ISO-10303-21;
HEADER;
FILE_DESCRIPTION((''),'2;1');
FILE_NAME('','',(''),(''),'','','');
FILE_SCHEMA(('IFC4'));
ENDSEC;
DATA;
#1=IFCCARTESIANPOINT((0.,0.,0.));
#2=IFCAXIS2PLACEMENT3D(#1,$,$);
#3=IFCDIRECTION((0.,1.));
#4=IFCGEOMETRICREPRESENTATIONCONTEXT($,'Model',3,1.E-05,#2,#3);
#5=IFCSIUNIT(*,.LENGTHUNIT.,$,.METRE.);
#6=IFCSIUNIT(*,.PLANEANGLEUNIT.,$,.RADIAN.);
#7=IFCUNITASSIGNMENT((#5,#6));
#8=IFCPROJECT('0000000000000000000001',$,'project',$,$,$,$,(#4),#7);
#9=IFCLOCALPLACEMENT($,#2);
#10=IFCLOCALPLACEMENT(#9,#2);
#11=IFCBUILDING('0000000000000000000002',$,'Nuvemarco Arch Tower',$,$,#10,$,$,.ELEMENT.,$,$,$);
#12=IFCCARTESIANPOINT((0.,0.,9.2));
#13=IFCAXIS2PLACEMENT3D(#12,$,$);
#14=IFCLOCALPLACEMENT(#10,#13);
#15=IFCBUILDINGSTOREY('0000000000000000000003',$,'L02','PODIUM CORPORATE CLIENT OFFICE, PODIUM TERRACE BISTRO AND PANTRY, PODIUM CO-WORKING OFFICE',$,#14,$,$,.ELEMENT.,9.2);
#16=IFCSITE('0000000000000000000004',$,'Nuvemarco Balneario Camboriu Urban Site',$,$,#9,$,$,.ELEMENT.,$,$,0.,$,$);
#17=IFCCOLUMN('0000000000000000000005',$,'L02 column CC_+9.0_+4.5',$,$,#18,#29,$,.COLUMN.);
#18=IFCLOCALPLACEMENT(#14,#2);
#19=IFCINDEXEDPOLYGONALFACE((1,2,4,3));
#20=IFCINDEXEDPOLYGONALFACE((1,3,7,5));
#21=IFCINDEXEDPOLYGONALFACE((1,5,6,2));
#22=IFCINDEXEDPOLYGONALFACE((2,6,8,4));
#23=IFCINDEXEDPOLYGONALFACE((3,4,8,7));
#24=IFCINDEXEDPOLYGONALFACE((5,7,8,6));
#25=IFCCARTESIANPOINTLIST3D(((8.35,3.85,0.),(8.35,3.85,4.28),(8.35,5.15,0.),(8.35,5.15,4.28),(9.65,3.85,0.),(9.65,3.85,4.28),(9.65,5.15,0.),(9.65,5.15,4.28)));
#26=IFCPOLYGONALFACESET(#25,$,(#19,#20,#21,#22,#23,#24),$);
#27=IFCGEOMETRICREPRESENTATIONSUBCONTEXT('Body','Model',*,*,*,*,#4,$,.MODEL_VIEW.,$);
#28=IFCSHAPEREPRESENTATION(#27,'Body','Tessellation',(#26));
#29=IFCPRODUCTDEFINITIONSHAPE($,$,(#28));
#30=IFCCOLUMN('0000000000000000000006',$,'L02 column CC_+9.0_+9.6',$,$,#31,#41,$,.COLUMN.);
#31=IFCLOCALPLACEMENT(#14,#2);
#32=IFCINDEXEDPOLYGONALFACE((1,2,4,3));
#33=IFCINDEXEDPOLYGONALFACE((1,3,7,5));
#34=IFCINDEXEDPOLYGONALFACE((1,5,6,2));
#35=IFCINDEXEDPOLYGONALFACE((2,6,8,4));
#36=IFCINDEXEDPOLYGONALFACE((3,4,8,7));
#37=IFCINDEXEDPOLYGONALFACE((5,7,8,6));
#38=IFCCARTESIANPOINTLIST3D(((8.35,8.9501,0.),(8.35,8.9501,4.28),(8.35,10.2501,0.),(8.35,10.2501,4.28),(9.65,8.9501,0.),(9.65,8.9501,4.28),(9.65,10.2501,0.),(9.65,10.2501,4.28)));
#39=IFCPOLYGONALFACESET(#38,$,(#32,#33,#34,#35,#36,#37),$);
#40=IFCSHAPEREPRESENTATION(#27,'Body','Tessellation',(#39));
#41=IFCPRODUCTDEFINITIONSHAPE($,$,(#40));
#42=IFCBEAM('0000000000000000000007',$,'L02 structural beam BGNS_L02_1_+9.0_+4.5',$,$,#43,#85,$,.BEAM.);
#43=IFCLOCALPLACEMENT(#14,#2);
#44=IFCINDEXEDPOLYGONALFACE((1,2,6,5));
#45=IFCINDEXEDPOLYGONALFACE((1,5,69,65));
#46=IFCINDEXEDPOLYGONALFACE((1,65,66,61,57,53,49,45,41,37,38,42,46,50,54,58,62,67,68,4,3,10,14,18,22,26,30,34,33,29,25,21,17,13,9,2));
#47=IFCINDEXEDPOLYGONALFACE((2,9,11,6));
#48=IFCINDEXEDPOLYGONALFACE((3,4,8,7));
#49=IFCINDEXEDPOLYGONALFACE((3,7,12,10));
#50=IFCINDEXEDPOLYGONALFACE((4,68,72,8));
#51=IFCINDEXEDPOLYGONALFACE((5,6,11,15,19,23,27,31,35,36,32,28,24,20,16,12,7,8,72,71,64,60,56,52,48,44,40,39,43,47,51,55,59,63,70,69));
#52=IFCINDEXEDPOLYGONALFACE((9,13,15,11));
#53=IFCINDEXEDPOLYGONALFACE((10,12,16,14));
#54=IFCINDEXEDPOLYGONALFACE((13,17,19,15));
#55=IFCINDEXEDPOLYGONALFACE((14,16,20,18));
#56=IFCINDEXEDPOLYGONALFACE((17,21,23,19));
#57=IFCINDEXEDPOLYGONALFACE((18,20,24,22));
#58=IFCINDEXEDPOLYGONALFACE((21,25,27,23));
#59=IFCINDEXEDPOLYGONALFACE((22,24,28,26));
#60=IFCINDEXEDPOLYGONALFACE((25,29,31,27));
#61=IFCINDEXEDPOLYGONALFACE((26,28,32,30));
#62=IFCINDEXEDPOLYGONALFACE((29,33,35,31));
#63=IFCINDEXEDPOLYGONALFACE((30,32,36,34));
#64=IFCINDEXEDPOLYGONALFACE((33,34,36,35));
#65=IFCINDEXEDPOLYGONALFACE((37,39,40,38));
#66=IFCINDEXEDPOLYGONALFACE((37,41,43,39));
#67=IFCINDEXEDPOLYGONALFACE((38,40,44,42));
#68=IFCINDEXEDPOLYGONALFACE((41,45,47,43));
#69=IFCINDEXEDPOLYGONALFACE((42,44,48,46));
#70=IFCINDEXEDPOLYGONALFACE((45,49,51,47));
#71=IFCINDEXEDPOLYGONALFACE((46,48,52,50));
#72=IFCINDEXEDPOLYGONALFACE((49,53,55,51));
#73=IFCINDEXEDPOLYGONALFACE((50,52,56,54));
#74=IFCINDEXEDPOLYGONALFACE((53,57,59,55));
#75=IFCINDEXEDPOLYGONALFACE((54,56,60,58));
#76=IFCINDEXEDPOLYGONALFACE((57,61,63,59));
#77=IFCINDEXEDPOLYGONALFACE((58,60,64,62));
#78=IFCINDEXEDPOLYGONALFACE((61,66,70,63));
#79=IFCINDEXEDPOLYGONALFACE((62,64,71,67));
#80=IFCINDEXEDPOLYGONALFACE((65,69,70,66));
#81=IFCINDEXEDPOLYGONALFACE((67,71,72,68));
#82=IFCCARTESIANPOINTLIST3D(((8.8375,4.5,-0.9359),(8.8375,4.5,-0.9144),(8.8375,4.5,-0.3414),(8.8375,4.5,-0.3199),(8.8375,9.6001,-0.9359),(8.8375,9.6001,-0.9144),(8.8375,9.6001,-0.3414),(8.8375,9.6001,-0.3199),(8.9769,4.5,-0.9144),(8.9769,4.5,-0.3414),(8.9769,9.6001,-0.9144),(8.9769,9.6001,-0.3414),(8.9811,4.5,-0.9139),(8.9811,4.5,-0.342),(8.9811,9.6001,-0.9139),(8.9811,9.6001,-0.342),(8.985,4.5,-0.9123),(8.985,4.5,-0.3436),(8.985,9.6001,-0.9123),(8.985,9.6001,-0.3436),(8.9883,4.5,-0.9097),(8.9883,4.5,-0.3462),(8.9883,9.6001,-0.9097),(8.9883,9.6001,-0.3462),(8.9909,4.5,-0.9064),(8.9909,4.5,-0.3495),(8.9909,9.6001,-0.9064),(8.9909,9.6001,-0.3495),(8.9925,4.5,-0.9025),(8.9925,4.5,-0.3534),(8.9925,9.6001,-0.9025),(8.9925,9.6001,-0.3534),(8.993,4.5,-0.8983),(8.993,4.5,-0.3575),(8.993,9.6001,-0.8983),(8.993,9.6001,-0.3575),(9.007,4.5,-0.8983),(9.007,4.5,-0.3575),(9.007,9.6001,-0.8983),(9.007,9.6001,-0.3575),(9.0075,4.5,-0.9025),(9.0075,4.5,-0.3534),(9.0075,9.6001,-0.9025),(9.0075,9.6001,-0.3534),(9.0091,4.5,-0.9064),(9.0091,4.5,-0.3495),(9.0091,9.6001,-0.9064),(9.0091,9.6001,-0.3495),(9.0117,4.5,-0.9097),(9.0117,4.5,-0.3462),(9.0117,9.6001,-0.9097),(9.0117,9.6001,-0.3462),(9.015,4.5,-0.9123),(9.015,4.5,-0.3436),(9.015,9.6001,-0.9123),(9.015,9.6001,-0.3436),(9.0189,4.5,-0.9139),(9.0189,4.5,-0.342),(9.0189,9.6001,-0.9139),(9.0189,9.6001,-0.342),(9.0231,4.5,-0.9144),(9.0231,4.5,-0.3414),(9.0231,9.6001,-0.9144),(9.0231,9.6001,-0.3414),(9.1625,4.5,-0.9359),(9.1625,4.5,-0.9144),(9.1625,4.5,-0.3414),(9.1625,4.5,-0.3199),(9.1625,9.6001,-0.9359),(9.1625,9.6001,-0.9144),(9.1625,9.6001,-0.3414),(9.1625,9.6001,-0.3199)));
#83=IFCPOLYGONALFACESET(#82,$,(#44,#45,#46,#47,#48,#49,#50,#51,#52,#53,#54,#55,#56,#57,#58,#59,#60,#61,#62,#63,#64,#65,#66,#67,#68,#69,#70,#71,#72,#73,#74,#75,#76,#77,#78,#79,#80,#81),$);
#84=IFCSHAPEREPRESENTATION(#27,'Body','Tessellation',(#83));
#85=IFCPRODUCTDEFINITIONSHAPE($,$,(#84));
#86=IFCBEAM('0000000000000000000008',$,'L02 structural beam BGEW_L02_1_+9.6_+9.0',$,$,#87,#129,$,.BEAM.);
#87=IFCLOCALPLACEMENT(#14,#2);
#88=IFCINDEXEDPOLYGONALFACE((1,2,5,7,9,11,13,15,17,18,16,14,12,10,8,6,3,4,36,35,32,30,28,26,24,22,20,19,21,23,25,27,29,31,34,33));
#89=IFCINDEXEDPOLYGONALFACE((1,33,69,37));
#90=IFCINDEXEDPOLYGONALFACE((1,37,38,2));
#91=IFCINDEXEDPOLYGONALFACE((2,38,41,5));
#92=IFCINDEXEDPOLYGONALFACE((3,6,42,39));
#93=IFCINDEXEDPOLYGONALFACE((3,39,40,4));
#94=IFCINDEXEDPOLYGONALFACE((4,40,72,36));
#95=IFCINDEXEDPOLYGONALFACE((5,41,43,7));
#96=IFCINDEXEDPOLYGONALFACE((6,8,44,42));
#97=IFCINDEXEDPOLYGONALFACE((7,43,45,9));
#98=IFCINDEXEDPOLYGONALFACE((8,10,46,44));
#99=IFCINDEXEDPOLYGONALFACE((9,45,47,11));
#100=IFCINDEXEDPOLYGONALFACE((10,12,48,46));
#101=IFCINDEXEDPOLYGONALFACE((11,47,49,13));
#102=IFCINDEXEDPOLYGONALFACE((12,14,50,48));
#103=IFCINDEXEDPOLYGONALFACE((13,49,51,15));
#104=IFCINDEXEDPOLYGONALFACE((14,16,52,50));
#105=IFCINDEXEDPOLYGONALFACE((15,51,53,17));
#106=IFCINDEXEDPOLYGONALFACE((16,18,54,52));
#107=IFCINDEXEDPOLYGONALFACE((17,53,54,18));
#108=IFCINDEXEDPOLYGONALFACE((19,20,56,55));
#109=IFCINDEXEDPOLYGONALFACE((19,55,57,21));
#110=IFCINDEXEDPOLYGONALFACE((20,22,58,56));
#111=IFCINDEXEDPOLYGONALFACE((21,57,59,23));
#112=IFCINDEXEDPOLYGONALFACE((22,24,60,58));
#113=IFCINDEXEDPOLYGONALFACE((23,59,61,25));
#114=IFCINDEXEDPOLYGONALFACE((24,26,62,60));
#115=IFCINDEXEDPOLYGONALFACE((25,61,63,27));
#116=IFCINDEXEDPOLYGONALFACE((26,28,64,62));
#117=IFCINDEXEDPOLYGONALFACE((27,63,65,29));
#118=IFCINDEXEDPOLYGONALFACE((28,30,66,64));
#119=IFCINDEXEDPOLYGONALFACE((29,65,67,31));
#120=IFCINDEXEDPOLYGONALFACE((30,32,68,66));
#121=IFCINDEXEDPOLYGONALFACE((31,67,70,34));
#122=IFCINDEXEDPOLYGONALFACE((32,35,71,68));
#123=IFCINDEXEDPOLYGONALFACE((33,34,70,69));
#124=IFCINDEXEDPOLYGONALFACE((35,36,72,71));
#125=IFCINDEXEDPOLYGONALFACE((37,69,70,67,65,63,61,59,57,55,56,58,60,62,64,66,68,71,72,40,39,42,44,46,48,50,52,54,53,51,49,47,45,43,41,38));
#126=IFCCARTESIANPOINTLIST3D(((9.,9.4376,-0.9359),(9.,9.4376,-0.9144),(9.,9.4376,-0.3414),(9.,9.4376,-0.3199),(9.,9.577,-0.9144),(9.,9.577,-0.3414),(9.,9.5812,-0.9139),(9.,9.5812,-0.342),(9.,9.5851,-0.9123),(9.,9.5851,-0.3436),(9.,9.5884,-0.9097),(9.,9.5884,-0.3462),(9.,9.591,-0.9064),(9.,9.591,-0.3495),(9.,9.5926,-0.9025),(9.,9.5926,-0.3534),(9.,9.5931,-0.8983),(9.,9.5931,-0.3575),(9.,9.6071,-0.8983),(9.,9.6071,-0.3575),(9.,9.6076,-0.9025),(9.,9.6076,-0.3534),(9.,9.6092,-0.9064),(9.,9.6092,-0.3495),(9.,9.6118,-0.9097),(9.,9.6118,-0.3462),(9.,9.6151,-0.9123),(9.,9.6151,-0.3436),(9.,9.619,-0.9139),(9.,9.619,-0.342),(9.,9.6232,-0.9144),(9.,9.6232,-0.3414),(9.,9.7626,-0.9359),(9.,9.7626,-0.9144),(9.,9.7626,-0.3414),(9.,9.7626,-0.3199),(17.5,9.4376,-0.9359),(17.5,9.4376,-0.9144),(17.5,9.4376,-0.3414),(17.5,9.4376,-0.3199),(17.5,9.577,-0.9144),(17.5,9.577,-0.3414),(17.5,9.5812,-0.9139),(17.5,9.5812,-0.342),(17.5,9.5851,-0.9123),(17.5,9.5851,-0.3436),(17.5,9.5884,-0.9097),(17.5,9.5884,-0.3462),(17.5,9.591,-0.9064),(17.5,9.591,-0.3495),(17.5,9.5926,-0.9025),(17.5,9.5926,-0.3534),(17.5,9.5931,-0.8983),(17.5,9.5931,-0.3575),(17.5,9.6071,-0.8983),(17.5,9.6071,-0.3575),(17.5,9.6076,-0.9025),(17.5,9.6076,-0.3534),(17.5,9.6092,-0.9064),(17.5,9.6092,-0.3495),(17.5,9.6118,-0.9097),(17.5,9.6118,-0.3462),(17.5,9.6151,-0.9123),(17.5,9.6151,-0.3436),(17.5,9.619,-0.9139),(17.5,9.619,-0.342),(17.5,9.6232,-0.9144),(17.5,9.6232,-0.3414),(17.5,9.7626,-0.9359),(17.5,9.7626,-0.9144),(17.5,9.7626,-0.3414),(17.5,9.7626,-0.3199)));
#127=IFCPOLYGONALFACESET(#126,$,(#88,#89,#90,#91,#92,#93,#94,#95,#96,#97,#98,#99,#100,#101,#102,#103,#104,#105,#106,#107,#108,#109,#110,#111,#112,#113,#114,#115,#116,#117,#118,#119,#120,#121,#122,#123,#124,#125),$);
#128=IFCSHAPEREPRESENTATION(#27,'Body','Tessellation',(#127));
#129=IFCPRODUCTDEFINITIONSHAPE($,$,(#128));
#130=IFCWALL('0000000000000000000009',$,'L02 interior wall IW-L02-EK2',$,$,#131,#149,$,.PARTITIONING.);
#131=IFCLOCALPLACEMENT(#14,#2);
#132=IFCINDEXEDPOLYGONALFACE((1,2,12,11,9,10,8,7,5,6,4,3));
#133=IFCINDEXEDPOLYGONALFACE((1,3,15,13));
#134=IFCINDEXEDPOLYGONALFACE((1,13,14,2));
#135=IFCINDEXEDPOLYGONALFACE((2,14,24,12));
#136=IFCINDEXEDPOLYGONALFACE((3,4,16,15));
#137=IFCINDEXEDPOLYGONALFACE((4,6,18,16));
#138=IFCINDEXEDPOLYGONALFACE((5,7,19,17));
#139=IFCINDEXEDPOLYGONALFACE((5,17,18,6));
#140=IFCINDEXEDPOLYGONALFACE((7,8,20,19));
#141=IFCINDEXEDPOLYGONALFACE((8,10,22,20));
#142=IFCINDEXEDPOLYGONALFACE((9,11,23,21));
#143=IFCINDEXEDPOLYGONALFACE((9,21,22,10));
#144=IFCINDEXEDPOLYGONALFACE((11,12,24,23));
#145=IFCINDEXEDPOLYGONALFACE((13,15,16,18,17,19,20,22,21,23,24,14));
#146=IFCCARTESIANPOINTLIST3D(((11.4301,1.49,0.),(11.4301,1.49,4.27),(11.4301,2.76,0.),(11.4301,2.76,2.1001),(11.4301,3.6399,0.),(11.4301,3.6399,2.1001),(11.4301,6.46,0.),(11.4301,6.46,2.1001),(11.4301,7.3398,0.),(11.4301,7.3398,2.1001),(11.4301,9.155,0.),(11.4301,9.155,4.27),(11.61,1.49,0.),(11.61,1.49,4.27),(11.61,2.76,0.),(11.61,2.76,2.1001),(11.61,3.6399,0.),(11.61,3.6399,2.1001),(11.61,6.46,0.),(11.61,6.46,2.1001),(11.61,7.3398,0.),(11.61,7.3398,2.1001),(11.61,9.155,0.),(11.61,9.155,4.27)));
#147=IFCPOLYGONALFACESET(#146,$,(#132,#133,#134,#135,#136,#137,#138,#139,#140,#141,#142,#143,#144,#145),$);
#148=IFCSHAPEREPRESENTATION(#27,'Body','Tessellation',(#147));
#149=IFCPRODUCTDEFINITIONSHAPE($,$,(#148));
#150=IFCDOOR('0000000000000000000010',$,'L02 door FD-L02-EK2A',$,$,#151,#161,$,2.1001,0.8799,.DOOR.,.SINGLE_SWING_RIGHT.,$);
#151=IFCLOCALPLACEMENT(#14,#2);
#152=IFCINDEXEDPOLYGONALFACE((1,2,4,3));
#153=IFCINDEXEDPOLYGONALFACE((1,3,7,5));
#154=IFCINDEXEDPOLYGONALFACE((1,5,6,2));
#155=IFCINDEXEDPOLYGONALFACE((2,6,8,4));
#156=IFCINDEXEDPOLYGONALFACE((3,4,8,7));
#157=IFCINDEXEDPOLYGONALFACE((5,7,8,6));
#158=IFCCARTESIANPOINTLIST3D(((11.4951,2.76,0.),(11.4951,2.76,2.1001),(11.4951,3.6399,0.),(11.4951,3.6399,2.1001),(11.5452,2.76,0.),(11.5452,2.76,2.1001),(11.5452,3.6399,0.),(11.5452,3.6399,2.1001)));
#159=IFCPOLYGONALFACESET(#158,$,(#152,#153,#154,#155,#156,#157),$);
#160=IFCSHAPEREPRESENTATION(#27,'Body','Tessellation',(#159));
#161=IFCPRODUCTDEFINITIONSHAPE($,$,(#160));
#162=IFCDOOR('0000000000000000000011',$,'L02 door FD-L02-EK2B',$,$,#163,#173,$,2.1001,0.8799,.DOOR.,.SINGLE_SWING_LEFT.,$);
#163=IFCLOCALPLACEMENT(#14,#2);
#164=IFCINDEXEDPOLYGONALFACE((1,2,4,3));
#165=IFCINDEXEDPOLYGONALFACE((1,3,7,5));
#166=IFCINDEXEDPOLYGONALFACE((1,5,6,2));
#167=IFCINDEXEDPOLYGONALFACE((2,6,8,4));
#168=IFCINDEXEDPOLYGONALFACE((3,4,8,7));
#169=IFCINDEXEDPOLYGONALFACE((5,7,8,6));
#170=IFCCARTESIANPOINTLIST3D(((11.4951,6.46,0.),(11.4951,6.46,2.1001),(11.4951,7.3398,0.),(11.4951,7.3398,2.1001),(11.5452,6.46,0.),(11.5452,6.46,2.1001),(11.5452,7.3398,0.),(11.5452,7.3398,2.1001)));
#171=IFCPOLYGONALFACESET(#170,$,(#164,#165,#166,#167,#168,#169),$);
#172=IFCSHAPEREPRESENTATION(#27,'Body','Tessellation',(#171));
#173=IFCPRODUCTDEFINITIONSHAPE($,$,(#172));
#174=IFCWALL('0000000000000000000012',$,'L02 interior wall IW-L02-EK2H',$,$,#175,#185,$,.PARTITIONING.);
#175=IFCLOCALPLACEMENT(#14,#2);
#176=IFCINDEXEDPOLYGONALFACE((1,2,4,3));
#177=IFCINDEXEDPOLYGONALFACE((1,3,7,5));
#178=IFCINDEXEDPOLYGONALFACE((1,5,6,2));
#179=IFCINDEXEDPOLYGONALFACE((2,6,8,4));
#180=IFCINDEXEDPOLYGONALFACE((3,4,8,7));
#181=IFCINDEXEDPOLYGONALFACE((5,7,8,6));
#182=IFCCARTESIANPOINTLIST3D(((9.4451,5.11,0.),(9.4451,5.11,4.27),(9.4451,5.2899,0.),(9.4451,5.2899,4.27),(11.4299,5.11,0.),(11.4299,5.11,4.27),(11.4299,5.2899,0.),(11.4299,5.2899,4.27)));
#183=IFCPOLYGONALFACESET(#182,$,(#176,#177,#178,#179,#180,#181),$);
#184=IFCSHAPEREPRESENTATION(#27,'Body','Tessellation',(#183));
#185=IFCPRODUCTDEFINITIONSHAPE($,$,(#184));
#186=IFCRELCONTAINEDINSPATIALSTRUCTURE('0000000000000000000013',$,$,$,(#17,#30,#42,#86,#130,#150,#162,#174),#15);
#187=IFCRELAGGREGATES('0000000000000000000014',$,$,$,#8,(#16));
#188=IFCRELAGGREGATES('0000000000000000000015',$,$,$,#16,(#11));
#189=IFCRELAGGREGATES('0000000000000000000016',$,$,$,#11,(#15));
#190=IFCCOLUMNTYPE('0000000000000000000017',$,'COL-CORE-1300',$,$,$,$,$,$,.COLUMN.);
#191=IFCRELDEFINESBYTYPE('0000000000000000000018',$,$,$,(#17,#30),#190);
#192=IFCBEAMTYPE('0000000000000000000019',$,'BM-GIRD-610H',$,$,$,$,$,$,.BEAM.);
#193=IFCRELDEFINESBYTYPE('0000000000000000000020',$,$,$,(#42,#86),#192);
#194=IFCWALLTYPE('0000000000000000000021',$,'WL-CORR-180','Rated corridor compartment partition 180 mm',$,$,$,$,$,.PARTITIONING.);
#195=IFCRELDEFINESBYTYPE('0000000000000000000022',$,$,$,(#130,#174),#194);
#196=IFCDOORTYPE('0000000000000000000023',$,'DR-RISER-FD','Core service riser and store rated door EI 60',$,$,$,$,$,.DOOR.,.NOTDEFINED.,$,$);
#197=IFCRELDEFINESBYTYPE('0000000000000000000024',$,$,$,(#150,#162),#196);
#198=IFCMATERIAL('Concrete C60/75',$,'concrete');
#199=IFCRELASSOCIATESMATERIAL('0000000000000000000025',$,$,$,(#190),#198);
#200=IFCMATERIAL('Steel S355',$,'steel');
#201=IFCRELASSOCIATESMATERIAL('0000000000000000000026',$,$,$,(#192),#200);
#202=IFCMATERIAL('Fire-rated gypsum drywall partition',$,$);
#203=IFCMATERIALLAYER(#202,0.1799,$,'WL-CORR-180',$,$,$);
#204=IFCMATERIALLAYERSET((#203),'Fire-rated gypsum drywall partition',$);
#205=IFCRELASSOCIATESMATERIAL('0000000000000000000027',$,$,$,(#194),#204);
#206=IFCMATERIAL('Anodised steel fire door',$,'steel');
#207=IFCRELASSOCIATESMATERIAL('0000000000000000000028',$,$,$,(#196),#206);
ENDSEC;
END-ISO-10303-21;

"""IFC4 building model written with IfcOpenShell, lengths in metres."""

from ifc_helpers import new_model, si_unit, direction, frame, frame_2d, origin, origin_2d, place, context, subcontext, project, spatial, rectangle, i_section, extrude, source, transform, mapped, material, layer, layer_set, material_profile, profile_set, type_object, type_shapes, element, fill, save


model = new_model("IFC4")

# Units and contexts
model_context = context("Model", 3, precision=1e-05, world=origin(), true_north=direction((0.0, 1.0)))
body_context = subcontext(model_context, "Body", "Model", "MODEL_VIEW")
ifc_project = project(units=[si_unit("LENGTHUNIT", "METRE"), si_unit("PLANEANGLEUNIT", "RADIAN")], contexts=[model_context])

# Site, building, storey
site_placement = place(None, origin())
site = spatial("IfcSite", under=ifc_project, at=site_placement, Name="Nuvemarco Balneario Camboriu Urban Site", CompositionType="ELEMENT", RefElevation=0.0)
building_placement = place(site_placement, origin())
building = spatial("IfcBuilding", under=site, at=building_placement, Name="Nuvemarco Arch Tower", CompositionType="ELEMENT")
storey_placement = place(building_placement, frame((0.0, 0.0, 9.2)))
storey = spatial("IfcBuildingStorey", under=building, at=storey_placement, Name="L02", Description="PODIUM CORPORATE CLIENT OFFICE, PODIUM TERRACE BISTRO AND PANTRY, PODIUM CO-WORKING OFFICE", CompositionType="ELEMENT", Elevation=9.2)

# Columns
ifc_material_1 = material(Name="Concrete C60/75", Category="concrete")
ifc_material_profile_1 = material_profile(ifc_material_1, rectangle(XDim=1.3, YDim=1.3, at=origin_2d()), Name="RC-COL-1300x1300")
ifc_profile_set_1 = profile_set([ifc_material_profile_1], Name="Concrete C60/75")
column_type = type_object("IfcColumnType", Name="COL-CORE-1300", PredefinedType="COLUMN", material=ifc_profile_set_1)
for number, where, z_axis, x_axis, name in (
    (1, (9.0, 4.5, 0.0), (0.0, 0.0, 1.0), (1.0, 0.0, 0.0), "L02 column CC_+9.0_+4.5"),
    (2, (9.0, 9.6001, 0.0), (0.0, 0.0, 1.0), (1.0, 0.0, 0.0), "L02 column CC_+9.0_+9.6"),
):
    element("IfcColumn", number, at=place(storey_placement, frame(where, z_axis=z_axis, x_axis=x_axis)), inside=storey, type_object=column_type, Name=name, PredefinedType="COLUMN", context=body_context, shape_type="SweptSolid", body=[
        extrude(rectangle(XDim=1.3, YDim=1.3, at=origin_2d()), origin(), (0.0, 0.0, 1.0), 4.28),
    ])

# Beams
ifc_material_2 = material(Name="Steel S355", Category="steel")
ifc_material_profile_2 = material_profile(ifc_material_2, i_section(OverallWidth=0.325, OverallDepth=0.616, WebThickness=0.0139, FlangeThickness=0.0215, FilletRadius=0.0161, at=origin_2d()), Name="W610x174")
ifc_profile_set_2 = profile_set([ifc_material_profile_2], Name="Steel S355")
beam_type = type_object("IfcBeamType", Name="BM-GIRD-610H", PredefinedType="BEAM", material=ifc_profile_set_2)
beam_1_placement = place(storey_placement, frame((9.0, 4.5, -0.6279), z_axis=(0.0, 1.0, 0.0), x_axis=(-1.0, 0.0, 0.0)))
element("IfcBeam", 3, at=beam_1_placement, inside=storey, type_object=beam_type, Name="L02 structural beam BGNS_L02_1_+9.0_+4.5", PredefinedType="BEAM", context=body_context, shape_type="SweptSolid", body=[
    extrude(i_section(OverallWidth=0.325, OverallDepth=0.616, WebThickness=0.0139, FlangeThickness=0.0215, FilletRadius=0.0161, at=origin_2d()), origin(), (0.0, 0.0, 1.0), 5.1001),
])
beam_2_placement = place(storey_placement, frame((9.0, 9.6001, -0.6279), z_axis=(1.0, 0.0, 0.0), x_axis=(0.0, 1.0, 0.0)))
element("IfcBeam", 4, at=beam_2_placement, inside=storey, type_object=beam_type, Name="L02 structural beam BGEW_L02_1_+9.6_+9.0", PredefinedType="BEAM", context=body_context, shape_type="SweptSolid", body=[
    extrude(i_section(OverallWidth=0.325, OverallDepth=0.616, WebThickness=0.0139, FlangeThickness=0.0215, FilletRadius=0.0161, at=origin_2d()), origin(), (0.0, 0.0, 1.0), 8.5),
])

# Shared definitions
ifc_material_3 = material(Name="Anodised steel fire door", Category="steel")
ifc_material_4 = material(Name="Fire-rated gypsum drywall partition")
ifc_layer_1 = layer(ifc_material_4, 0.1799, Name="WL-CORR-180")
ifc_layer_set_1 = layer_set([ifc_layer_1], Name="Fire-rated gypsum drywall partition")
wall_type_1 = type_object("IfcWallType", Name="WL-CORR-180", Description="Rated corridor compartment partition 180 mm", PredefinedType="PARTITIONING", material=ifc_layer_set_1)

# Wall, openings, doors
wall_1_placement = place(storey_placement, frame((11.52, 1.49, 0.0), z_axis=(0.0, 0.0, 1.0), x_axis=(0.0, 1.0, 0.0)))
wall_1 = element("IfcWall", 5, at=wall_1_placement, inside=storey, type_object=wall_type_1, Name="L02 interior wall IW-L02-EK2", PredefinedType="PARTITIONING", context=body_context, shape_type="SweptSolid", body=[
    extrude(rectangle(XDim=7.665, YDim=0.1799, at=frame_2d((3.8325, 0.0))), origin(), (0.0, 0.0, 1.0), 4.27),
])
opening_1_placement = place(wall_1_placement, frame((1.27, 0.0, 0.0)))
opening_1 = element("IfcOpeningElement", 6, at=opening_1_placement, cuts=wall_1, PredefinedType="OPENING", context=body_context, shape_type="SweptSolid", body=[
    extrude(rectangle(XDim=0.8799, YDim=2.1001, at=frame_2d((0.4399, 1.05))), frame((0.0, 0.0999, 0.0), z_axis=(0.0, -1.0, 0.0), x_axis=(1.0, 0.0, 0.0)), (0.0, 0.0, 1.0), 0.2),
])
opening_2_placement = place(wall_1_placement, frame((4.97, 0.0, 0.0)))
opening_2 = element("IfcOpeningElement", 7, at=opening_2_placement, cuts=wall_1, PredefinedType="OPENING", context=body_context, shape_type="SweptSolid", body=[
    extrude(rectangle(XDim=0.8799, YDim=2.1001, at=frame_2d((0.4399, 1.05))), frame((0.0, 0.0999, 0.0), z_axis=(0.0, -1.0, 0.0), x_axis=(1.0, 0.0, 0.0)), (0.0, 0.0, 1.0), 0.2),
])
door_type_1 = type_object("IfcDoorType", Name="DR-RISER-FD", Description="Core service riser and store rated door EI 60", OperationType="NOTDEFINED", PredefinedType="DOOR", material=ifc_material_3)
shared_shape_1 = source(origin(), body_context, "Body", "SweptSolid", [
    extrude(rectangle(XDim=0.8799, YDim=2.1001, at=frame_2d((0.4399, 1.05))), frame((0.0, 0.0249, 0.0), z_axis=(0.0, -1.0, 0.0), x_axis=(1.0, 0.0, 0.0)), (0.0, 0.0, 1.0), 0.05),
])
type_shapes(door_type_1, [shared_shape_1])
door_1_placement = place(opening_1_placement, origin())
door_1 = element("IfcDoor", 8, at=door_1_placement, inside=storey, type_object=door_type_1, Name="L02 door FD-L02-EK2A", OperationType="SINGLE_SWING_RIGHT", OverallHeight=2.1001, OverallWidth=0.8799, PredefinedType="DOOR", context=body_context, shape_type="MappedRepresentation", body=[
    mapped(shared_shape_1, transform((0.0, 0.0, 0.0), scale=1.0)),
])
fill(opening_1, door_1)
door_2_placement = place(opening_2_placement, origin())
door_2 = element("IfcDoor", 9, at=door_2_placement, inside=storey, type_object=door_type_1, Name="L02 door FD-L02-EK2B", OperationType="SINGLE_SWING_LEFT", OverallHeight=2.1001, OverallWidth=0.8799, PredefinedType="DOOR", context=body_context, shape_type="MappedRepresentation", body=[
    mapped(shared_shape_1, transform((0.0, 0.0, 0.0), scale=1.0)),
])
fill(opening_2, door_2)

# Wall
wall_2_placement = place(storey_placement, frame((9.4451, 5.2, 0.0), z_axis=(0.0, 0.0, 1.0), x_axis=(1.0, 0.0, 0.0)))
element("IfcWall", 10, at=wall_2_placement, inside=storey, type_object=wall_type_1, Name="L02 interior wall IW-L02-EK2H", PredefinedType="PARTITIONING", context=body_context, shape_type="SweptSolid", body=[
    extrude(rectangle(XDim=1.9849, YDim=0.1799, at=frame_2d((0.9924, 0.0))), origin(), (0.0, 0.0, 1.0), 4.27),
])

save(model, "model.ifc")
